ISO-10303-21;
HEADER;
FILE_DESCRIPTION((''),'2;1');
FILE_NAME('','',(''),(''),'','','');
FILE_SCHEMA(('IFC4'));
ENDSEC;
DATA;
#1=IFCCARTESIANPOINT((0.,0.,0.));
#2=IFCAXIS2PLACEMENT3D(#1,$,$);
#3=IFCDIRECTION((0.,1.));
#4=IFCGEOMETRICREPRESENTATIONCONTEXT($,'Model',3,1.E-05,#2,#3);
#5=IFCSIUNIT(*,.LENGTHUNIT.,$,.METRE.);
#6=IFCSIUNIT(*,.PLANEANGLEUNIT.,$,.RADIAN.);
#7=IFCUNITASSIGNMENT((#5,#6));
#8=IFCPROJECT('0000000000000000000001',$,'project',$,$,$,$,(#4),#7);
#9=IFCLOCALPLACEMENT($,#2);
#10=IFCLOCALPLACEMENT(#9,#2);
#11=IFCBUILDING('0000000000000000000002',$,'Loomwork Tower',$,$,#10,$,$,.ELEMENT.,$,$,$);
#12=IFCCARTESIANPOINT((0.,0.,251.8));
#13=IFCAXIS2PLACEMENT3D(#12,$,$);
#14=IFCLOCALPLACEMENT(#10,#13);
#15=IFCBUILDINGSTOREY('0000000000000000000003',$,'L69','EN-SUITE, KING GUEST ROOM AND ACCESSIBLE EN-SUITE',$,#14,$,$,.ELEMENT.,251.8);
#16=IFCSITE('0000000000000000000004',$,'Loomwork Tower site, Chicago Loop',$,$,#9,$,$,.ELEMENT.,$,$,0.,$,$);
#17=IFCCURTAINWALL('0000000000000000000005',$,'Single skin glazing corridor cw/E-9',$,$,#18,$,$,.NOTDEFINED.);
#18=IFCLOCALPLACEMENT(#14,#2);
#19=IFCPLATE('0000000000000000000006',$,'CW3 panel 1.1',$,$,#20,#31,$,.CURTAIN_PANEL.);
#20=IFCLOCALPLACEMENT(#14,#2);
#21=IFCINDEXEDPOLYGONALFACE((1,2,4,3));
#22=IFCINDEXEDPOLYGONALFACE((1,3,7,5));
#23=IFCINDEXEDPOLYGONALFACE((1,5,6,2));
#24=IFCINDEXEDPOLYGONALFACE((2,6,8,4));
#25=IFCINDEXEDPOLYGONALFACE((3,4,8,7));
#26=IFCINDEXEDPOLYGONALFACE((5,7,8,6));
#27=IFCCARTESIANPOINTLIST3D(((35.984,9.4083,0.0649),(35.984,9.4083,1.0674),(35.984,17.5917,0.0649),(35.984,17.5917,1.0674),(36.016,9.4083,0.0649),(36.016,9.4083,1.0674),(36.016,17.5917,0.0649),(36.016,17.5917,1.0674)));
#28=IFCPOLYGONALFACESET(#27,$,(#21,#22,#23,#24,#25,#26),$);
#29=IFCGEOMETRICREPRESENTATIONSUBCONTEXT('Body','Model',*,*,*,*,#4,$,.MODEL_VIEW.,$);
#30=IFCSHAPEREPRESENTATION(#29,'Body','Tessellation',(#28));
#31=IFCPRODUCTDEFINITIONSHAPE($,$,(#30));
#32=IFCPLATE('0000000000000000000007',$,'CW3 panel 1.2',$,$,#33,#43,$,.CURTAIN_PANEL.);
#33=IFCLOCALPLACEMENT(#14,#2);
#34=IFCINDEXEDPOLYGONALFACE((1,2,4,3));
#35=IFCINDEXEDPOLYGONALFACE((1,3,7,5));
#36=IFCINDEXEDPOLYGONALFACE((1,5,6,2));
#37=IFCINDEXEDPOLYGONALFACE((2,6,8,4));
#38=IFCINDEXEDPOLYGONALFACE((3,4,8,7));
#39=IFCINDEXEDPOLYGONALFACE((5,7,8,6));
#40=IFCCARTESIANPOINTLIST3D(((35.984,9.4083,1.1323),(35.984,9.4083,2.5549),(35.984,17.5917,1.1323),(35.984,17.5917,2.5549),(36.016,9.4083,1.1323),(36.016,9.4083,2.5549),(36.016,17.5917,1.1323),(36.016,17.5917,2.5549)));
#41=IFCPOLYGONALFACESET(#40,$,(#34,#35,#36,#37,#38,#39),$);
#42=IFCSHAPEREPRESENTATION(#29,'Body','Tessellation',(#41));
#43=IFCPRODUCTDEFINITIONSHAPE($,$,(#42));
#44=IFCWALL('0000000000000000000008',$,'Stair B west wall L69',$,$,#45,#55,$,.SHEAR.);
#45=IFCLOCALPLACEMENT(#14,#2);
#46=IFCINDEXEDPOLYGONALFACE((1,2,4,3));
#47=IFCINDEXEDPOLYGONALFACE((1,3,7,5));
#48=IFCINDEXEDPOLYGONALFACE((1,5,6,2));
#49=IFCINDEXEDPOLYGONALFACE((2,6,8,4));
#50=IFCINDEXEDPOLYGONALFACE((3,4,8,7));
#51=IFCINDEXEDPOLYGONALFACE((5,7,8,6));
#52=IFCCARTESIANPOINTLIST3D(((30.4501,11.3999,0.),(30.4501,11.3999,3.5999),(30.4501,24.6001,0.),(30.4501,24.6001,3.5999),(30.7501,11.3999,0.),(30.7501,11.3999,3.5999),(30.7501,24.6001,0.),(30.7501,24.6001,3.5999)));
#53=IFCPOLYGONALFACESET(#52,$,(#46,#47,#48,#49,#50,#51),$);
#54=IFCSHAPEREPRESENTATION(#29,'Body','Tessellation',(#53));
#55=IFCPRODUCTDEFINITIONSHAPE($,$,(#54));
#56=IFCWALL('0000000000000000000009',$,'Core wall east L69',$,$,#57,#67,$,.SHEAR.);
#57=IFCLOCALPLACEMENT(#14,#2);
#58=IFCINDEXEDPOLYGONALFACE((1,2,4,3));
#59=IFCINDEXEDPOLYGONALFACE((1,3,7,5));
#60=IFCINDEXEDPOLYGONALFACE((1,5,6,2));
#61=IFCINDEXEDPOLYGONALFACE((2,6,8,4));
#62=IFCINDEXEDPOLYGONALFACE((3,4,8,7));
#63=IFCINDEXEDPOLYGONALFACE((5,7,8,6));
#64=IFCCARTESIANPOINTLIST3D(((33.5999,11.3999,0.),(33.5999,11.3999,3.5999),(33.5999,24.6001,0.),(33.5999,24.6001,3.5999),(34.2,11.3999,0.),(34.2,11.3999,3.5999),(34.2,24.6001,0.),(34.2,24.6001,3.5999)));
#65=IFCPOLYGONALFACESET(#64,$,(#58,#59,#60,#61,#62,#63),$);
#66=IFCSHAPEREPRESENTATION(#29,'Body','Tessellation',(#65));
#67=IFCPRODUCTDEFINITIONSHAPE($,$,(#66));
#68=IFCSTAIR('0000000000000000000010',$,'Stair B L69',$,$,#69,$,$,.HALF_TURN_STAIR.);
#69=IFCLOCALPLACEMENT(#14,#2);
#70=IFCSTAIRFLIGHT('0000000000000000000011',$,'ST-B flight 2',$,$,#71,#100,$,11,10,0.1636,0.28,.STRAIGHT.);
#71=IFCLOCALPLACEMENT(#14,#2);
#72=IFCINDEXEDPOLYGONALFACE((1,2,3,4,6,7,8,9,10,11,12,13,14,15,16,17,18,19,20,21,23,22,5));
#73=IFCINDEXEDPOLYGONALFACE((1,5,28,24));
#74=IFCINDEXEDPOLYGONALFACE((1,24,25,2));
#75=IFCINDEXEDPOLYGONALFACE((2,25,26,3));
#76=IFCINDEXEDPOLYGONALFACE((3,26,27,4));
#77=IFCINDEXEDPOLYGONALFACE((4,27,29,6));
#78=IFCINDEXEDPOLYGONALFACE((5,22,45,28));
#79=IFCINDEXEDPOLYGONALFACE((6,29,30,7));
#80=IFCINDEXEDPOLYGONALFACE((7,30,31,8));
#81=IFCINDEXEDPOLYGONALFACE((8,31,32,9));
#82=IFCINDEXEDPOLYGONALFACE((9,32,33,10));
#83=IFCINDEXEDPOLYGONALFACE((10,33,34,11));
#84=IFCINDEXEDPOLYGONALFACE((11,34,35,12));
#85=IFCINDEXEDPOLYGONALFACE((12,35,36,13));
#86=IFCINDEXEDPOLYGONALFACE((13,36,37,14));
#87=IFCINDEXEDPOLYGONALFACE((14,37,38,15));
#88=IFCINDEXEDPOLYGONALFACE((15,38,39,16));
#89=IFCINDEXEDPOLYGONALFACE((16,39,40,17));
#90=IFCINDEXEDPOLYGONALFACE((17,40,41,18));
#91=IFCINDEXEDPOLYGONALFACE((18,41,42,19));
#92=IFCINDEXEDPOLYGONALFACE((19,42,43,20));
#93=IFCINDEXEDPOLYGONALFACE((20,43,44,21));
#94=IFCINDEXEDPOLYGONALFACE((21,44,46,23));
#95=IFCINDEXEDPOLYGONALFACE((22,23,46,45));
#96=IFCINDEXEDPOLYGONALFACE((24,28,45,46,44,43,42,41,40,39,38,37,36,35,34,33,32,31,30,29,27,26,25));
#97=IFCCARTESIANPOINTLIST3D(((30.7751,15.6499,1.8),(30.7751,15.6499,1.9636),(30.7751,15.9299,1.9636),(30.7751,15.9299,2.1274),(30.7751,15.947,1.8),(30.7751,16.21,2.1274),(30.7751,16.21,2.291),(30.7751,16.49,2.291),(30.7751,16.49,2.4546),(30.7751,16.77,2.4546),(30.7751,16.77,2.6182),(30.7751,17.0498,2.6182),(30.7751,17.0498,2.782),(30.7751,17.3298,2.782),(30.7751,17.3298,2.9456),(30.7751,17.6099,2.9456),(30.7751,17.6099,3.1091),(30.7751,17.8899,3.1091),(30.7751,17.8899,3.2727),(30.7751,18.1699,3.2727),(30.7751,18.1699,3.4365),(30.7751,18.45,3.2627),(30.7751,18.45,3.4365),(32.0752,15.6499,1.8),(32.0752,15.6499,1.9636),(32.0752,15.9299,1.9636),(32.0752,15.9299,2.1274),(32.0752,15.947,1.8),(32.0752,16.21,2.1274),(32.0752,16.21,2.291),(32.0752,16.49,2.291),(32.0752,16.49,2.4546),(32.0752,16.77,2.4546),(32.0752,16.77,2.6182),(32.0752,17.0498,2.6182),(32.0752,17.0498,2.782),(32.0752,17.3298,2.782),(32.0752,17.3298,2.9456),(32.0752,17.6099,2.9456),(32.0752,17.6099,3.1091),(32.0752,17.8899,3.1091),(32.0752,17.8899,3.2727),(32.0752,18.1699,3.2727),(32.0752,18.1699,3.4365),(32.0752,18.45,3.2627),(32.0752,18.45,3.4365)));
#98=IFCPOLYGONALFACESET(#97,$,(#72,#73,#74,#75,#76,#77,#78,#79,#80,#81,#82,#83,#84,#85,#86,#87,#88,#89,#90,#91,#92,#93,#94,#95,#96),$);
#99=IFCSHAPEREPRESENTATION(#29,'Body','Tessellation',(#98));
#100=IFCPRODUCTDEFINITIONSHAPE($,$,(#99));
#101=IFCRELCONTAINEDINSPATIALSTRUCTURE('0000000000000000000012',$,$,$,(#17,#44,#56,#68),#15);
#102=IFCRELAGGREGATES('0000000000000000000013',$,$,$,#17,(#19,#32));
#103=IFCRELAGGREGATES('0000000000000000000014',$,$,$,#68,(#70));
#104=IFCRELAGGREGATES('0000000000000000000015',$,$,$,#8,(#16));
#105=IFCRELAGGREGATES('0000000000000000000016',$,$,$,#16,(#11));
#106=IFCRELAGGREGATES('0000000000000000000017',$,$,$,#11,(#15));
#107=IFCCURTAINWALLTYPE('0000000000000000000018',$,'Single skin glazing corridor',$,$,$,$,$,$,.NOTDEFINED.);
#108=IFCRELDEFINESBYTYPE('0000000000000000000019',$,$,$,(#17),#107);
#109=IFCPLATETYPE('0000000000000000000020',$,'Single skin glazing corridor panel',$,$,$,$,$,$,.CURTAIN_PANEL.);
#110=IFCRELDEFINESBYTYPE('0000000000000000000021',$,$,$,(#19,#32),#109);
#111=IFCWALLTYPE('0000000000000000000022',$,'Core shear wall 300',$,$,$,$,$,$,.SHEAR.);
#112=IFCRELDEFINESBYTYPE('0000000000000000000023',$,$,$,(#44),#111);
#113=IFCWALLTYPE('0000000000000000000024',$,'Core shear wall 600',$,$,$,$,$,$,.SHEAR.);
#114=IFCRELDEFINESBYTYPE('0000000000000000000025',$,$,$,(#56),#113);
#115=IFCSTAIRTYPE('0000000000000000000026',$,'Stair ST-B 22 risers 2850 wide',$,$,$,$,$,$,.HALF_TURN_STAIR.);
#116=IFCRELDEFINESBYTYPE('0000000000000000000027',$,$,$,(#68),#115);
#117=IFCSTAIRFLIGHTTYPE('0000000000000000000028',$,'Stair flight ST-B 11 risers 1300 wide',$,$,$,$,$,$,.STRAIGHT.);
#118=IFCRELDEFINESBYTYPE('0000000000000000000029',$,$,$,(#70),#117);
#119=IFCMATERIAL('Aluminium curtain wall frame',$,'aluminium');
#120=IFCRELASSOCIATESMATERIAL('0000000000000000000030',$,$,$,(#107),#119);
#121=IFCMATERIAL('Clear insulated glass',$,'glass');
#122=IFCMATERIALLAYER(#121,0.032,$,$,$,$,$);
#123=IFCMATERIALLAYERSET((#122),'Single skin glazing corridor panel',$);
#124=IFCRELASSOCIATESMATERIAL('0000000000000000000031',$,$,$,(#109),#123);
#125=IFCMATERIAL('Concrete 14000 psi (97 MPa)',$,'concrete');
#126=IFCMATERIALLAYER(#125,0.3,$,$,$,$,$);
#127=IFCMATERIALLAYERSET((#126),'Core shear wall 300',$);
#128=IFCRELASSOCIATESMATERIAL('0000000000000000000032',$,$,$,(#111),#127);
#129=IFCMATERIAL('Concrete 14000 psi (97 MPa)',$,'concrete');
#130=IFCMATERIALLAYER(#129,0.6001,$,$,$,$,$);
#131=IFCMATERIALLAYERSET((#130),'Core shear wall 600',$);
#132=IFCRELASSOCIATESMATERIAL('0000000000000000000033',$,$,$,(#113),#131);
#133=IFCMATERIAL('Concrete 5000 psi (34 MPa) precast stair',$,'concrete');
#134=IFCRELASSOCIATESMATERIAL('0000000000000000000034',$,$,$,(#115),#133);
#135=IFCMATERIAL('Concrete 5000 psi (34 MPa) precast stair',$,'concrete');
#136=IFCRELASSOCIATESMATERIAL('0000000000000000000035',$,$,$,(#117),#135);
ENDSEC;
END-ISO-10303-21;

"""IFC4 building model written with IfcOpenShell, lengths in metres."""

from ifc_helpers import new_model, si_unit, direction, frame, frame_2d, origin, origin_2d, place, context, subcontext, project, spatial, polyline, rectangle, outline, extrude, material, layer, layer_set, type_object, element, aggregate, save


model = new_model("IFC4")

# Units and contexts
model_context = context("Model", 3, precision=1e-05, world=origin(), true_north=direction((0.0, 1.0)))
body_context = subcontext(model_context, "Body", "Model", "MODEL_VIEW")
ifc_project = project(units=[si_unit("LENGTHUNIT", "METRE"), si_unit("PLANEANGLEUNIT", "RADIAN")], contexts=[model_context])

# Site, building, storey
site_placement = place(None, origin())
site = spatial("IfcSite", under=ifc_project, at=site_placement, Name="Loomwork Tower site, Chicago Loop", CompositionType="ELEMENT", RefElevation=0.0)
building_placement = place(site_placement, origin())
building = spatial("IfcBuilding", under=site, at=building_placement, Name="Loomwork Tower", CompositionType="ELEMENT")
storey_placement = place(building_placement, frame((0.0, 0.0, 251.8)))
storey = spatial("IfcBuildingStorey", under=building, at=storey_placement, Name="L69", Description="EN-SUITE, KING GUEST ROOM AND ACCESSIBLE EN-SUITE", CompositionType="ELEMENT", Elevation=251.8)

# Curtain wall
ifc_material_1 = material(Name="Aluminium curtain wall frame", Category="aluminium")
curtain_wall_type = type_object("IfcCurtainWallType", Name="Single skin glazing corridor", PredefinedType="NOTDEFINED", material=ifc_material_1)
curtain_wall_1_placement = place(storey_placement, origin())
curtain_wall_1 = element("IfcCurtainWall", 1, at=curtain_wall_1_placement, inside=storey, type_object=curtain_wall_type, Name="Single skin glazing corridor cw/E-9", PredefinedType="NOTDEFINED")

# Plates
ifc_material_2 = material(Name="Clear insulated glass", Category="glass")
ifc_layer_1 = layer(ifc_material_2, 0.032)
ifc_layer_set_1 = layer_set([ifc_layer_1], Name="Single skin glazing corridor panel")
plate_type = type_object("IfcPlateType", Name="Single skin glazing corridor panel", PredefinedType="CURTAIN_PANEL", material=ifc_layer_set_1)
plate_1_placement = place(storey_placement, frame((36.0, 13.5, 0.0649), z_axis=(0.0, 0.0, 1.0), x_axis=(0.0, 1.0, 0.0)))
plate_1 = element("IfcPlate", 2, at=plate_1_placement, type_object=plate_type, Name="CW3 panel 1.1", PredefinedType="CURTAIN_PANEL", context=body_context, shape_type="SweptSolid", body=[
    extrude(rectangle(XDim=8.1833, YDim=0.032, at=origin_2d()), origin(), (0.0, 0.0, 1.0), 1.0024),
])
plate_2_placement = place(storey_placement, frame((36.0, 13.5, 1.1323), z_axis=(0.0, 0.0, 1.0), x_axis=(0.0, 1.0, 0.0)))
plate_2 = element("IfcPlate", 3, at=plate_2_placement, type_object=plate_type, Name="CW3 panel 1.2", PredefinedType="CURTAIN_PANEL", context=body_context, shape_type="SweptSolid", body=[
    extrude(rectangle(XDim=8.1833, YDim=0.032, at=origin_2d()), origin(), (0.0, 0.0, 1.0), 1.4226),
])
aggregate(curtain_wall_1, [plate_1, plate_2])

# Walls
ifc_material_3 = material(Name="Concrete 14000 psi (97 MPa)", Category="concrete")
ifc_layer_2 = layer(ifc_material_3, 0.3)
ifc_layer_set_2 = layer_set([ifc_layer_2], Name="Core shear wall 300")
wall_type_1 = type_object("IfcWallType", Name="Core shear wall 300", PredefinedType="SHEAR", material=ifc_layer_set_2)
wall_1_placement = place(storey_placement, frame((30.6001, 11.3999, 0.0), z_axis=(0.0, 0.0, 1.0), x_axis=(0.0, 1.0, 0.0)))
element("IfcWall", 4, at=wall_1_placement, inside=storey, type_object=wall_type_1, Name="Stair B west wall L69", PredefinedType="SHEAR", context=body_context, shape_type="SweptSolid", body=[
    extrude(rectangle(XDim=13.2002, YDim=0.3, at=frame_2d((6.6001, 0.0))), origin(), (0.0, 0.0, 1.0), 3.5999),
])
ifc_material_4 = material(Name="Concrete 14000 psi (97 MPa)", Category="concrete")
ifc_layer_3 = layer(ifc_material_4, 0.6001)
ifc_layer_set_3 = layer_set([ifc_layer_3], Name="Core shear wall 600")
wall_type_2 = type_object("IfcWallType", Name="Core shear wall 600", PredefinedType="SHEAR", material=ifc_layer_set_3)
wall_2_placement = place(storey_placement, frame((33.8999, 11.3999, 0.0), z_axis=(0.0, 0.0, 1.0), x_axis=(0.0, 1.0, 0.0)))
element("IfcWall", 5, at=wall_2_placement, inside=storey, type_object=wall_type_2, Name="Core wall east L69", PredefinedType="SHEAR", context=body_context, shape_type="SweptSolid", body=[
    extrude(rectangle(XDim=13.2002, YDim=0.6001, at=frame_2d((6.6001, 0.0))), origin(), (0.0, 0.0, 1.0), 3.5999),
])

# Stair, stair flight
ifc_material_5 = material(Name="Concrete 5000 psi (34 MPa) precast stair", Category="concrete")
stair_type = type_object("IfcStairType", Name="Stair ST-B 22 risers 2850 wide", PredefinedType="HALF_TURN_STAIR", material=ifc_material_5)
stair_placement = place(storey_placement, origin())
stair = element("IfcStair", 6, at=stair_placement, inside=storey, type_object=stair_type, Name="Stair B L69", PredefinedType="HALF_TURN_STAIR")
ifc_material_6 = material(Name="Concrete 5000 psi (34 MPa) precast stair", Category="concrete")
stair_flight_type = type_object("IfcStairFlightType", Name="Stair flight ST-B 11 risers 1300 wide", PredefinedType="STRAIGHT", material=ifc_material_6)
stair_flight_placement = place(storey_placement, frame((31.425, 15.6499, 1.8), z_axis=(0.0, 0.0, 1.0), x_axis=(0.0, 1.0, 0.0)))
stair_flight = element("IfcStairFlight", 7, at=stair_flight_placement, type_object=stair_flight_type, Name="ST-B flight 2", NumberOfRisers=11, NumberOfTreads=10, PredefinedType="STRAIGHT", RiserHeight=0.1636, TreadLength=0.28, context=body_context, shape_type="SweptSolid", body=[
    extrude(outline(polyline([(0.0, 0.0), (0.0, 0.1636), (0.28, 0.1636), (0.28, 0.3274), (0.5601, 0.3274), (0.5601, 0.491), (0.8401, 0.491), (0.8401, 0.6545), (1.1201, 0.6545), (1.1201, 0.8181), (1.3999, 0.8181), (1.3999, 0.9819), (1.6799, 0.9819), (1.6799, 1.1455), (1.96, 1.1455), (1.96, 1.3091), (2.24, 1.3091), (2.24, 1.4727), (2.52, 1.4727), (2.52, 1.6365), (2.8, 1.6365), (2.8, 1.8), (2.8, 1.4626), (0.2971, 0.0), (0.0, 0.0)])), frame((0.0, 0.6499, 0.0), z_axis=(0.0, -1.0, 0.0), x_axis=(1.0, 0.0, 0.0)), (0.0, 0.0, 1.0), 1.3),
])
aggregate(stair, [stair_flight])

save(model, "model.ifc")
